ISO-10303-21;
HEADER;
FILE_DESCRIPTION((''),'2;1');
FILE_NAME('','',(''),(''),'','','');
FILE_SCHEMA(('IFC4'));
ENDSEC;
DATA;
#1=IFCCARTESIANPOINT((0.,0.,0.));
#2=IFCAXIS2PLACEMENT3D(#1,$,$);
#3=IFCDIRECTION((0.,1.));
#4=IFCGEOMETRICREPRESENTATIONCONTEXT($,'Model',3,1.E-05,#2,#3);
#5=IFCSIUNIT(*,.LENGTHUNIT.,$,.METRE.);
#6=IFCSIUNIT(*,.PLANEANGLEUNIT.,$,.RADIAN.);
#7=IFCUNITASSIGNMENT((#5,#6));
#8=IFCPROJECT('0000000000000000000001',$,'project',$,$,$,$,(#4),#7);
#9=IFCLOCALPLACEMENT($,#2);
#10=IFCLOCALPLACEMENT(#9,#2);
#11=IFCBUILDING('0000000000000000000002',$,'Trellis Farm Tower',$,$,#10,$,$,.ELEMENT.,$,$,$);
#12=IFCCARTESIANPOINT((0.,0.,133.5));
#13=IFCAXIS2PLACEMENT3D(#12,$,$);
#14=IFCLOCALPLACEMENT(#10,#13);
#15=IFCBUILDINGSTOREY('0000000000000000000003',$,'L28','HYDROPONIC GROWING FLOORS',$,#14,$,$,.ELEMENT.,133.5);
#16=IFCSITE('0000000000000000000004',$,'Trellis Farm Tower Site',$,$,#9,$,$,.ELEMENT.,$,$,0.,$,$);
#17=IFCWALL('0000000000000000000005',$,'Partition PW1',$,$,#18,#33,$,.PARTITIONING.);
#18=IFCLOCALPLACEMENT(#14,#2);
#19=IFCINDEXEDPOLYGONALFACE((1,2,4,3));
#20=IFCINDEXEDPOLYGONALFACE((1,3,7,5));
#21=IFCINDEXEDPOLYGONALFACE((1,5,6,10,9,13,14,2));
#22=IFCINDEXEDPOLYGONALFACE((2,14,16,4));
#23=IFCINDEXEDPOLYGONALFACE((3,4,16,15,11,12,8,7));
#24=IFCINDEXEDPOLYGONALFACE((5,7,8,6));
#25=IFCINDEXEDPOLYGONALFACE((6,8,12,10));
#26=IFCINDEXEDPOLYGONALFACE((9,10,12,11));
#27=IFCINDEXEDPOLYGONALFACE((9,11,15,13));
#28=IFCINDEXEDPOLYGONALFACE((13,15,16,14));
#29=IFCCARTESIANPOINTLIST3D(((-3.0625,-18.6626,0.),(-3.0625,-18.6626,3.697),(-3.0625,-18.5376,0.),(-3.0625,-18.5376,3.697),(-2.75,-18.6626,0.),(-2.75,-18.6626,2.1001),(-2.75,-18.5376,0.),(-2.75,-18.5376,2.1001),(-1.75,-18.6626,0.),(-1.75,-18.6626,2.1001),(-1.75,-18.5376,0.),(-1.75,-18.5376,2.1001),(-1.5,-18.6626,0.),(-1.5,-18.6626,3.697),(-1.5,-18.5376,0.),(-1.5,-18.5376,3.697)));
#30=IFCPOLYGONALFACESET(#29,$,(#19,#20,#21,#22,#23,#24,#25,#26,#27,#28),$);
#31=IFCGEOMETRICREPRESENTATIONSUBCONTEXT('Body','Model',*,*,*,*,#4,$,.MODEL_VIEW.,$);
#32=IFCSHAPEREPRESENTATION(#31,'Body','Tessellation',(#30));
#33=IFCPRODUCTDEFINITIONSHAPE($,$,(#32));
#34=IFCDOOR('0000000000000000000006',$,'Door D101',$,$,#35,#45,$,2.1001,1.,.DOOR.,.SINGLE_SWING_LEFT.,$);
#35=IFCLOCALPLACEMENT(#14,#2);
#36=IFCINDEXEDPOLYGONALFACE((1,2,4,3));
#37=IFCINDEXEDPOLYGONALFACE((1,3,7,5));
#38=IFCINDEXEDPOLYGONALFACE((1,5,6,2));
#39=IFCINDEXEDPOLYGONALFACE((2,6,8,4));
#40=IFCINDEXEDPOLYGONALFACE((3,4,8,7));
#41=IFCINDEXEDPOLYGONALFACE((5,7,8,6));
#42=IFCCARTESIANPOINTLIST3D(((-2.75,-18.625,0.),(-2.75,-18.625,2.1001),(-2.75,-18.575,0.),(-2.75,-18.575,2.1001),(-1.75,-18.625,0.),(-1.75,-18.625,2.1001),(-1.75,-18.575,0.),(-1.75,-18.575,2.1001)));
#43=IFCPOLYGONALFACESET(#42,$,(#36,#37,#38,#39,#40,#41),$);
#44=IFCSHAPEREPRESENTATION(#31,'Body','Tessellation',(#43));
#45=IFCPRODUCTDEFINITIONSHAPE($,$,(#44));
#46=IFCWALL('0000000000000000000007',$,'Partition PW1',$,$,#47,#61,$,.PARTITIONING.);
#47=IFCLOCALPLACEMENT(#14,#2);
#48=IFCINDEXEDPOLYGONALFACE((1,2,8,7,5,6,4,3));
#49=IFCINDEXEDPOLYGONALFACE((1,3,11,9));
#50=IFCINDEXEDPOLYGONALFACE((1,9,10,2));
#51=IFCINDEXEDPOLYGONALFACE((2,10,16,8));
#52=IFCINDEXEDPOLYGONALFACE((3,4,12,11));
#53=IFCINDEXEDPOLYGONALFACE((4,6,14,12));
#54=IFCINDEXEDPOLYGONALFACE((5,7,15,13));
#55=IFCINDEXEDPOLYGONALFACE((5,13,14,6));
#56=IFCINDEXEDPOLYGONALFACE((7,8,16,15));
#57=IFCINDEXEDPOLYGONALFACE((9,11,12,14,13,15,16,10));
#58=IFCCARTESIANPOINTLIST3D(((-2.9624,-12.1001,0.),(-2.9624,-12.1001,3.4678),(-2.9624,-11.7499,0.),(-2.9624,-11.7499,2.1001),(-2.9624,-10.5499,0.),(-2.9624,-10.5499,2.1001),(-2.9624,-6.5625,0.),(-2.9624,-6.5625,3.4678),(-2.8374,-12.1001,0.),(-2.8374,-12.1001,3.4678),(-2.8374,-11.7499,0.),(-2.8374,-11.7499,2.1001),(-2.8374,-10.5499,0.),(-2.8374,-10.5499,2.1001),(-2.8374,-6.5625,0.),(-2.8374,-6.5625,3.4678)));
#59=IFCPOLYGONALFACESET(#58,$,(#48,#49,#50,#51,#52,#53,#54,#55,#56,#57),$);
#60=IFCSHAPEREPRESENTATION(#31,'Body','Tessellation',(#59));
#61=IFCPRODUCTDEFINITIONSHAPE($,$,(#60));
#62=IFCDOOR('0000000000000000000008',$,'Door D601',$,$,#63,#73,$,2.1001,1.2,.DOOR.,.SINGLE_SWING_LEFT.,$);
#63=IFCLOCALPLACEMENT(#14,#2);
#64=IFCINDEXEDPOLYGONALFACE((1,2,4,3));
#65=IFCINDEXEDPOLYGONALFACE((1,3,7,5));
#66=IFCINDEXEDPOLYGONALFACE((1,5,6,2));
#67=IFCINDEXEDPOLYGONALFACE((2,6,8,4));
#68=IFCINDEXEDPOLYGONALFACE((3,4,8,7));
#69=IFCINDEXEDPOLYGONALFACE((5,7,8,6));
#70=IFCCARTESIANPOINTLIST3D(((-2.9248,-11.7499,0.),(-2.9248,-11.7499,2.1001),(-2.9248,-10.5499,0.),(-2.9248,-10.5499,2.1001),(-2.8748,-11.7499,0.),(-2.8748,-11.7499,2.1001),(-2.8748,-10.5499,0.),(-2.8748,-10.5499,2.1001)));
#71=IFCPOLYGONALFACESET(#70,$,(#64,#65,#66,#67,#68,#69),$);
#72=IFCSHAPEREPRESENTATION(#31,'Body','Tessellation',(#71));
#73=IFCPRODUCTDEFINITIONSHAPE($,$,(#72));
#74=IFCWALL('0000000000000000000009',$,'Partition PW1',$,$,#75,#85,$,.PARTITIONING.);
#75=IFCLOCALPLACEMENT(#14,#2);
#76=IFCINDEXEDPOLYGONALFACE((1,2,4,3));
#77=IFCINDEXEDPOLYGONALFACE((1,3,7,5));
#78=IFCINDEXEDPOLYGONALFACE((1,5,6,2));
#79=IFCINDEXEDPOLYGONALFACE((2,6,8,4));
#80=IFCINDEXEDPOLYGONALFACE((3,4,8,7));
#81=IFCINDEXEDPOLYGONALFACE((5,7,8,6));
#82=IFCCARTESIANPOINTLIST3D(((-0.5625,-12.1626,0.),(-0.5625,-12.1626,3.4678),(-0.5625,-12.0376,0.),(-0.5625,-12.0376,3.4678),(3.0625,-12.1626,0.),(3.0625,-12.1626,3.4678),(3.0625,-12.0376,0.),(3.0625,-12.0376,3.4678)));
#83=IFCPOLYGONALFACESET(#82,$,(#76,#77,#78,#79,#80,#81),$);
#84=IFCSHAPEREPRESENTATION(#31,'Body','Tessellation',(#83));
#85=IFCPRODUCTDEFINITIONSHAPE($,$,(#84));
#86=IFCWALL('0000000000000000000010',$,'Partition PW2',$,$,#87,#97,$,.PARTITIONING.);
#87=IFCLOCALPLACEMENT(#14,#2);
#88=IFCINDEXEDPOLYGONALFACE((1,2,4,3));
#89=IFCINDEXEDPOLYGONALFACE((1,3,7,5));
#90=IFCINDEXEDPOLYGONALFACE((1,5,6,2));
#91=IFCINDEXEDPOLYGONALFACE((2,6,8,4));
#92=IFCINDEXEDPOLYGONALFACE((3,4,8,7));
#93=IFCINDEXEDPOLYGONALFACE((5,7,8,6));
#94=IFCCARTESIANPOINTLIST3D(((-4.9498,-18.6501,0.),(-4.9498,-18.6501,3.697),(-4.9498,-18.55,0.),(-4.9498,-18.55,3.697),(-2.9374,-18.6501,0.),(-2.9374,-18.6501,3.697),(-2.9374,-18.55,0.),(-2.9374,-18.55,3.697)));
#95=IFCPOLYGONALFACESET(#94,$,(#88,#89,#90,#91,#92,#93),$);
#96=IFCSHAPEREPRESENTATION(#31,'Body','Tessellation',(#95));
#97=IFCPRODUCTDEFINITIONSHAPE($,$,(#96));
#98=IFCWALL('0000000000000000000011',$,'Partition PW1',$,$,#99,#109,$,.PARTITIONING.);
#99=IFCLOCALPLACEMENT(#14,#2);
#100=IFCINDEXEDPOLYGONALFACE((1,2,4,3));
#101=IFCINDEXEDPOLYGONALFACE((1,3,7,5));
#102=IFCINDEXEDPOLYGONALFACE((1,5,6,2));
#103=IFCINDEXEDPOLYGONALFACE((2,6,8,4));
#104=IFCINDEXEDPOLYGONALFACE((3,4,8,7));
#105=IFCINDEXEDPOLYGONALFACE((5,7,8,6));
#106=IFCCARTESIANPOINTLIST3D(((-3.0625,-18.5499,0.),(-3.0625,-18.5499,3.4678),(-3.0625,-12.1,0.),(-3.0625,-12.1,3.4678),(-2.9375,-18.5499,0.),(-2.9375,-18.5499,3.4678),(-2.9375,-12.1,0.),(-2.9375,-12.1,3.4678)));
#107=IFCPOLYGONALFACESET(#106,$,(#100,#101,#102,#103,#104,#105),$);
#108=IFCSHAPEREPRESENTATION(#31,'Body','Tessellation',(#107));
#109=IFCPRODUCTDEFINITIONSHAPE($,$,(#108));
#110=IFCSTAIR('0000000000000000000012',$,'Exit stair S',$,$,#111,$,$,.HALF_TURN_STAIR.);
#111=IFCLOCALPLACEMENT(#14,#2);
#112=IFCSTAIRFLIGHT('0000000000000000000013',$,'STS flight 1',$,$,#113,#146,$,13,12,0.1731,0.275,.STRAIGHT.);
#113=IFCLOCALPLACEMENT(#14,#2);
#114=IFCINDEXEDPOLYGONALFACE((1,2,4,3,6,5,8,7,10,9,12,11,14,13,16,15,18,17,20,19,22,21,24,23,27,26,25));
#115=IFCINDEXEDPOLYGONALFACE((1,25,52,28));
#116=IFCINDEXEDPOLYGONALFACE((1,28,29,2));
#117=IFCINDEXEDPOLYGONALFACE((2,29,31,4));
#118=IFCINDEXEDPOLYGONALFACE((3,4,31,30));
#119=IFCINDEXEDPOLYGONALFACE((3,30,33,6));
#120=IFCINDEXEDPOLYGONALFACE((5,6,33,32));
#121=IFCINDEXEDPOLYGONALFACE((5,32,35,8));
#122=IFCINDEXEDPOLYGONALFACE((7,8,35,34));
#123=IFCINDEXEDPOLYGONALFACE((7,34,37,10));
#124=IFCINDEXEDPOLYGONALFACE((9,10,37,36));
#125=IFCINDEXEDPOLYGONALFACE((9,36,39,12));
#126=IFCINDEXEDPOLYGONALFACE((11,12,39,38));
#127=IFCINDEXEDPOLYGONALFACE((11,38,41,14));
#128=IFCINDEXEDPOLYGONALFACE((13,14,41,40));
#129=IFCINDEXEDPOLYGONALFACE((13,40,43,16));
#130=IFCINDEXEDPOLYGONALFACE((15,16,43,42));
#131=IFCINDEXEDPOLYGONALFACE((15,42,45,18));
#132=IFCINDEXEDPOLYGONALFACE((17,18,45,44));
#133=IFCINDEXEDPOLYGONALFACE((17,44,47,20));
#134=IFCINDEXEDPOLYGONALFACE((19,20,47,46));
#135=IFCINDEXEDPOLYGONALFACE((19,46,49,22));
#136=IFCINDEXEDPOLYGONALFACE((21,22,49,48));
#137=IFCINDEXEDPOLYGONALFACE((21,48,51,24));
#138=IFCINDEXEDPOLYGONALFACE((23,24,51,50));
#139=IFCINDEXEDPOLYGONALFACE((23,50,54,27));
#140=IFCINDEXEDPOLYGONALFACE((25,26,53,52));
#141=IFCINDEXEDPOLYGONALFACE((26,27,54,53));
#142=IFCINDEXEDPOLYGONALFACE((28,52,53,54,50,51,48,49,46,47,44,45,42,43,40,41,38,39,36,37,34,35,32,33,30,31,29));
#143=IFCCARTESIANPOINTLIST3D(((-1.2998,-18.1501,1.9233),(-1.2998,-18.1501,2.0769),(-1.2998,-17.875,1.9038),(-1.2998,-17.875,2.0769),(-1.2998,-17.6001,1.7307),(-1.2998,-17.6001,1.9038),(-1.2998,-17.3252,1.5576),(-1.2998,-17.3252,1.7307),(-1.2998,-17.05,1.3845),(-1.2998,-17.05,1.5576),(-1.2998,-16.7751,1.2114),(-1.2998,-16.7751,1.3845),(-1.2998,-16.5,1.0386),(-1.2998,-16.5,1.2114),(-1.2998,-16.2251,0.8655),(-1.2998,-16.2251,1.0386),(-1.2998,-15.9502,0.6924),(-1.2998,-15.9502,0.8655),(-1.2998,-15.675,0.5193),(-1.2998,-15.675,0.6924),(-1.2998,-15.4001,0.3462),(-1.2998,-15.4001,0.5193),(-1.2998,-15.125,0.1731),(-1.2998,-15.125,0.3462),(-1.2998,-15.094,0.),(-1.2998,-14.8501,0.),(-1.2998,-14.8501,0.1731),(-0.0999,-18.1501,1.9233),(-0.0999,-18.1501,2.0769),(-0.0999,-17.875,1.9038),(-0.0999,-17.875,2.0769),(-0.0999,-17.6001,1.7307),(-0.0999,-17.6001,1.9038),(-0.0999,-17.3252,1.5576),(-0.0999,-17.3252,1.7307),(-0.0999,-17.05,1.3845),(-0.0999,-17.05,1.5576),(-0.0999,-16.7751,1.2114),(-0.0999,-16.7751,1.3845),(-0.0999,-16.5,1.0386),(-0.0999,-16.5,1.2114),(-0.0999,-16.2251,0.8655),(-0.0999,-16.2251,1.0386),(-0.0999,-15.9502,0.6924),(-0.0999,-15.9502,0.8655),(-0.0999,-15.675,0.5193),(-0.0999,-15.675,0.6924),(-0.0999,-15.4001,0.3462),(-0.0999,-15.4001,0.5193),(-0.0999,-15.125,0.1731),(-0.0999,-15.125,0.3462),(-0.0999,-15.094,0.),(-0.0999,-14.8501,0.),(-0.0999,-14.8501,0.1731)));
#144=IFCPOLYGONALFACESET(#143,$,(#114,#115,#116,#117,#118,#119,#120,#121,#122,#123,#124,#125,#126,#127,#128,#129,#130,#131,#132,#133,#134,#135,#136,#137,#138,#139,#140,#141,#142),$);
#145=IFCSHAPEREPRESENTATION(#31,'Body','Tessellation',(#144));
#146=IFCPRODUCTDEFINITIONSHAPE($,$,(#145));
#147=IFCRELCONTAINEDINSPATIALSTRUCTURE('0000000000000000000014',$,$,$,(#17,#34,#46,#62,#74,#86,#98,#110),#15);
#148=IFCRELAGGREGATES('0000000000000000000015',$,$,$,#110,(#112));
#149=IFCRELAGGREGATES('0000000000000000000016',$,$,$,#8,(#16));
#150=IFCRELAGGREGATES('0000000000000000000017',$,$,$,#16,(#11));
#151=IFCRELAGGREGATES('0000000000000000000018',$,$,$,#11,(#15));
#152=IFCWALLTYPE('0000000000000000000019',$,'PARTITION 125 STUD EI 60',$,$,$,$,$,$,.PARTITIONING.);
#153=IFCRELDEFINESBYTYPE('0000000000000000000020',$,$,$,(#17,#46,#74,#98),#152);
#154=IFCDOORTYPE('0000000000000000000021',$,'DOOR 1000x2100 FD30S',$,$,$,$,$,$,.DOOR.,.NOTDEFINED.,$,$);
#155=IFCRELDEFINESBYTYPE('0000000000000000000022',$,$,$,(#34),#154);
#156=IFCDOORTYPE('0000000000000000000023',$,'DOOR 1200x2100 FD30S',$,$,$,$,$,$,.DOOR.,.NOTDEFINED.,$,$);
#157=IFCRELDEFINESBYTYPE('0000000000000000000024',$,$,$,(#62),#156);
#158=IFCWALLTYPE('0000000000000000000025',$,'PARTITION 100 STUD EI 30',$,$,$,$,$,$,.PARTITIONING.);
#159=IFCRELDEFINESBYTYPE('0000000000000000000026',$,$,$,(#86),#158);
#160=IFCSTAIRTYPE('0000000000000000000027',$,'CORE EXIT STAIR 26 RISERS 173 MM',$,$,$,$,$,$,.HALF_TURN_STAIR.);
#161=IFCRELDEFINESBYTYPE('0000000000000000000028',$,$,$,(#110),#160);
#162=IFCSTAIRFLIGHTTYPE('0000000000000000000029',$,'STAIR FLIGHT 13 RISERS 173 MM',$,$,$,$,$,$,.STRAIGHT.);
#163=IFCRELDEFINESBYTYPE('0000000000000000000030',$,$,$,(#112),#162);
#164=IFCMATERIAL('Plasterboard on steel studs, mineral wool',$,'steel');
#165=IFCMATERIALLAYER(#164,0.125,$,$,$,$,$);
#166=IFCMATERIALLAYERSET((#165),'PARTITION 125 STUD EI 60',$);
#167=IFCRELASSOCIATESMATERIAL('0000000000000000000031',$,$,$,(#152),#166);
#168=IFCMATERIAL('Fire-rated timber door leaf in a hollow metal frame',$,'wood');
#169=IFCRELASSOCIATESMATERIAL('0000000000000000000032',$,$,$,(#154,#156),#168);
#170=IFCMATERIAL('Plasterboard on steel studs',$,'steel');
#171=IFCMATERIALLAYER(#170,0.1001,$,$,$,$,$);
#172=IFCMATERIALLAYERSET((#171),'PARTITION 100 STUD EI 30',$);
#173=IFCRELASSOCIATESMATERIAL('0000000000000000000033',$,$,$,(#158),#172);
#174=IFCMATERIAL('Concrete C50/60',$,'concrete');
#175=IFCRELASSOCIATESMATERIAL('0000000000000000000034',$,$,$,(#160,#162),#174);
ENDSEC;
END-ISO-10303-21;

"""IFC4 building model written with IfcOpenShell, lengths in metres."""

from ifc_helpers import new_model, si_unit, direction, frame, frame_2d, origin, place, context, subcontext, project, spatial, polyline, rectangle, outline, extrude, source, transform, mapped, material, layer, layer_set, type_object, element, fill, aggregate, save


model = new_model("IFC4")

# Units and contexts
model_context = context("Model", 3, precision=1e-05, world=origin(), true_north=direction((0.0, 1.0)))
body_context = subcontext(model_context, "Body", "Model", "MODEL_VIEW")
ifc_project = project(units=[si_unit("LENGTHUNIT", "METRE"), si_unit("PLANEANGLEUNIT", "RADIAN")], contexts=[model_context])

# Site, building, storey
site_placement = place(None, origin())
site = spatial("IfcSite", under=ifc_project, at=site_placement, Name="Trellis Farm Tower Site", CompositionType="ELEMENT", RefElevation=0.0)
building_placement = place(site_placement, origin())
building = spatial("IfcBuilding", under=site, at=building_placement, Name="Trellis Farm Tower", CompositionType="ELEMENT")
storey_placement = place(building_placement, frame((0.0, 0.0, 133.5)))
storey = spatial("IfcBuildingStorey", under=building, at=storey_placement, Name="L28", Description="HYDROPONIC GROWING FLOORS", CompositionType="ELEMENT", Elevation=133.5)

# Shared definitions
placement = place(storey_placement, origin())

# Walls, openings, doors
ifc_material_1 = material(Name="Plasterboard on steel studs, mineral wool", Category="steel")
ifc_layer_1 = layer(ifc_material_1, 0.125)
ifc_layer_set_1 = layer_set([ifc_layer_1], Name="PARTITION 125 STUD EI 60")
wall_type_1 = type_object("IfcWallType", Name="PARTITION 125 STUD EI 60", PredefinedType="PARTITIONING", material=ifc_layer_set_1)
ifc_material_2 = material(Name="Fire-rated timber door leaf in a hollow metal frame", Category="wood")
shared_shape_1 = source(origin(), body_context, "Body", "SweptSolid", [
    extrude(rectangle(XDim=1.5625, YDim=0.125, at=frame_2d((0.7812, 0.0))), origin(), (0.0, 0.0, 1.0), 3.697),
])
wall_1_placement = place(storey_placement, frame((-1.5, -18.6001, 0.0), z_axis=(0.0, 0.0, 1.0), x_axis=(-1.0, 0.0, 0.0)))
wall_1 = element("IfcWall", 1, at=wall_1_placement, inside=storey, type_object=wall_type_1, Name="Partition PW1", PredefinedType="PARTITIONING", context=body_context, shape_type="MappedRepresentation", body=[
    mapped(shared_shape_1, transform((0.0, 0.0, 0.0))),
])
shared_shape_2 = source(origin(), body_context, "Body", "SweptSolid", [
    extrude(rectangle(XDim=1.0, YDim=2.1001, at=frame_2d((0.5, 1.05))), frame((0.0, 0.0725, 0.0), z_axis=(0.0, -1.0, 0.0), x_axis=(1.0, 0.0, 0.0)), (0.0, 0.0, 1.0), 0.145),
])
opening_1_placement = place(wall_1_placement, frame((0.25, 0.0, 0.0)))
opening_1 = element("IfcOpeningElement", 2, at=opening_1_placement, cuts=wall_1, PredefinedType="OPENING", context=body_context, shape_type="MappedRepresentation", body=[
    mapped(shared_shape_2, transform((0.0, 0.0, 0.0))),
])
door_type_1 = type_object("IfcDoorType", Name="DOOR 1000x2100 FD30S", OperationType="NOTDEFINED", PredefinedType="DOOR", material=ifc_material_2)
shared_shape_3 = source(origin(), body_context, "Body", "SweptSolid", [
    extrude(rectangle(XDim=1.0, YDim=2.1001, at=frame_2d((0.5, 1.05))), frame((0.0, 0.0249, 0.0), z_axis=(0.0, -1.0, 0.0), x_axis=(1.0, 0.0, 0.0)), (0.0, 0.0, 1.0), 0.05),
])
door_1_placement = place(opening_1_placement, origin())
door_1 = element("IfcDoor", 3, at=door_1_placement, inside=storey, type_object=door_type_1, Name="Door D101", OperationType="SINGLE_SWING_LEFT", OverallHeight=2.1001, OverallWidth=1.0, PredefinedType="DOOR", context=body_context, shape_type="MappedRepresentation", body=[
    mapped(shared_shape_3, transform((0.0, 0.0, 0.0))),
])
fill(opening_1, door_1)
shared_shape_4 = source(origin(), body_context, "Body", "SweptSolid", [
    extrude(rectangle(XDim=5.5376, YDim=0.125, at=frame_2d((2.7688, 0.0))), origin(), (0.0, 0.0, 1.0), 3.4678),
])
wall_2_placement = place(storey_placement, frame((-2.8999, -12.1001, 0.0), z_axis=(0.0, 0.0, 1.0), x_axis=(0.0, 1.0, 0.0)))
wall_2 = element("IfcWall", 4, at=wall_2_placement, inside=storey, type_object=wall_type_1, Name="Partition PW1", PredefinedType="PARTITIONING", context=body_context, shape_type="MappedRepresentation", body=[
    mapped(shared_shape_4, transform((0.0, 0.0, 0.0))),
])
shared_shape_5 = source(origin(), body_context, "Body", "SweptSolid", [
    extrude(rectangle(XDim=1.2, YDim=2.1001, at=frame_2d((0.6001, 1.05))), frame((0.0, 0.0725, 0.0), z_axis=(0.0, -1.0, 0.0), x_axis=(1.0, 0.0, 0.0)), (0.0, 0.0, 1.0), 0.145),
])
opening_2_placement = place(wall_2_placement, frame((0.3501, 0.0, 0.0)))
opening_2 = element("IfcOpeningElement", 5, at=opening_2_placement, cuts=wall_2, PredefinedType="OPENING", context=body_context, shape_type="MappedRepresentation", body=[
    mapped(shared_shape_5, transform((0.0, 0.0, 0.0))),
])
door_type_2 = type_object("IfcDoorType", Name="DOOR 1200x2100 FD30S", OperationType="NOTDEFINED", PredefinedType="DOOR", material=ifc_material_2)
shared_shape_6 = source(origin(), body_context, "Body", "SweptSolid", [
    extrude(rectangle(XDim=1.2, YDim=2.1001, at=frame_2d((0.6001, 1.05))), frame((0.0, 0.0249, 0.0), z_axis=(0.0, -1.0, 0.0), x_axis=(1.0, 0.0, 0.0)), (0.0, 0.0, 1.0), 0.05),
])
door_2_placement = place(opening_2_placement, origin())
door_2 = element("IfcDoor", 6, at=door_2_placement, inside=storey, type_object=door_type_2, Name="Door D601", OperationType="SINGLE_SWING_LEFT", OverallHeight=2.1001, OverallWidth=1.2, PredefinedType="DOOR", context=body_context, shape_type="MappedRepresentation", body=[
    mapped(shared_shape_6, transform((0.0, 0.0, 0.0))),
])
fill(opening_2, door_2)

# Walls
shared_shape_7 = source(origin(), body_context, "Body", "SweptSolid", [
    extrude(rectangle(XDim=3.625, YDim=0.125, at=frame_2d((1.8125, 0.0))), origin(), (0.0, 0.0, 1.0), 3.4678),
])
wall_3_placement = place(storey_placement, frame((-0.5625, -12.1001, 0.0), z_axis=(0.0, 0.0, 1.0), x_axis=(1.0, 0.0, 0.0)))
element("IfcWall", 7, at=wall_3_placement, inside=storey, type_object=wall_type_1, Name="Partition PW1", PredefinedType="PARTITIONING", context=body_context, shape_type="MappedRepresentation", body=[
    mapped(shared_shape_7, transform((0.0, 0.0, 0.0))),
])
ifc_material_3 = material(Name="Plasterboard on steel studs", Category="steel")
ifc_layer_2 = layer(ifc_material_3, 0.1001)
ifc_layer_set_2 = layer_set([ifc_layer_2], Name="PARTITION 100 STUD EI 30")
wall_type_2 = type_object("IfcWallType", Name="PARTITION 100 STUD EI 30", PredefinedType="PARTITIONING", material=ifc_layer_set_2)
shared_shape_8 = source(origin(), body_context, "Body", "SweptSolid", [
    extrude(rectangle(XDim=2.0125, YDim=0.1001, at=frame_2d((1.0063, 0.0))), origin(), (0.0, 0.0, 1.0), 3.697),
])
wall_4_placement = place(storey_placement, frame((-4.95, -18.6001, 0.0), z_axis=(0.0, 0.0, 1.0), x_axis=(1.0, 0.0, 0.0)))
element("IfcWall", 8, at=wall_4_placement, inside=storey, type_object=wall_type_2, Name="Partition PW2", PredefinedType="PARTITIONING", context=body_context, shape_type="MappedRepresentation", body=[
    mapped(shared_shape_8, transform((0.0, 0.0, 0.0))),
])
shared_shape_9 = source(origin(), body_context, "Body", "SweptSolid", [
    extrude(rectangle(XDim=6.45, YDim=0.125, at=frame_2d((3.2251, 0.0))), origin(), (0.0, 0.0, 1.0), 3.4678),
])
wall_5_placement = place(storey_placement, frame((-3.0, -18.55, 0.0), z_axis=(0.0, 0.0, 1.0), x_axis=(0.0, 1.0, 0.0)))
element("IfcWall", 9, at=wall_5_placement, inside=storey, type_object=wall_type_1, Name="Partition PW1", PredefinedType="PARTITIONING", context=body_context, shape_type="MappedRepresentation", body=[
    mapped(shared_shape_9, transform((0.0, 0.0, 0.0))),
])

# Stair, stair flight
ifc_material_4 = material(Name="Concrete C50/60", Category="concrete")
stair_type = type_object("IfcStairType", Name="CORE EXIT STAIR 26 RISERS 173 MM", PredefinedType="HALF_TURN_STAIR", material=ifc_material_4)
stair = element("IfcStair", 10, at=placement, inside=storey, type_object=stair_type, Name="Exit stair S", PredefinedType="HALF_TURN_STAIR")
stair_flight_type = type_object("IfcStairFlightType", Name="STAIR FLIGHT 13 RISERS 173 MM", PredefinedType="STRAIGHT", material=ifc_material_4)
shared_shape_10 = source(origin(), body_context, "Body", "SweptSolid", [
    extrude(outline(polyline([(0.0, 0.0), (0.0, 0.1731), (0.2749, 0.1731), (0.2749, 0.3462), (0.55, 0.3462), (0.55, 0.5193), (0.825, 0.5193), (0.825, 0.6924), (1.1001, 0.6924), (1.1001, 0.8655), (1.375, 0.8655), (1.375, 1.0386), (1.6499, 1.0386), (1.6499, 1.2114), (1.925, 1.2114), (1.925, 1.3845), (2.2, 1.3845), (2.2, 1.5576), (2.4751, 1.5576), (2.4751, 1.7307), (2.75, 1.7307), (2.75, 1.9038), (3.0249, 1.9038), (3.0249, 2.0769), (3.3, 2.0769), (3.3, 2.25), (3.3, 1.9233), (0.2439, 0.0), (0.0, 0.0)])), frame((0.0, 0.6001, 0.0), z_axis=(0.0, -1.0, 0.0), x_axis=(1.0, 0.0, 0.0)), (0.0, 0.0, 1.0), 1.2),
])
stair_flight_placement = place(storey_placement, frame((-0.7, -14.8501, 0.0), z_axis=(0.0, 0.0, 1.0), x_axis=(0.0, -1.0, 0.0)))
stair_flight = element("IfcStairFlight", 11, at=stair_flight_placement, type_object=stair_flight_type, Name="STS flight 1", NumberOfRisers=13, NumberOfTreads=12, PredefinedType="STRAIGHT", RiserHeight=0.1731, TreadLength=0.275, context=body_context, shape_type="MappedRepresentation", body=[
    mapped(shared_shape_10, transform((0.0, 0.0, 0.0))),
])
aggregate(stair, [stair_flight])

save(model, "model.ifc")
